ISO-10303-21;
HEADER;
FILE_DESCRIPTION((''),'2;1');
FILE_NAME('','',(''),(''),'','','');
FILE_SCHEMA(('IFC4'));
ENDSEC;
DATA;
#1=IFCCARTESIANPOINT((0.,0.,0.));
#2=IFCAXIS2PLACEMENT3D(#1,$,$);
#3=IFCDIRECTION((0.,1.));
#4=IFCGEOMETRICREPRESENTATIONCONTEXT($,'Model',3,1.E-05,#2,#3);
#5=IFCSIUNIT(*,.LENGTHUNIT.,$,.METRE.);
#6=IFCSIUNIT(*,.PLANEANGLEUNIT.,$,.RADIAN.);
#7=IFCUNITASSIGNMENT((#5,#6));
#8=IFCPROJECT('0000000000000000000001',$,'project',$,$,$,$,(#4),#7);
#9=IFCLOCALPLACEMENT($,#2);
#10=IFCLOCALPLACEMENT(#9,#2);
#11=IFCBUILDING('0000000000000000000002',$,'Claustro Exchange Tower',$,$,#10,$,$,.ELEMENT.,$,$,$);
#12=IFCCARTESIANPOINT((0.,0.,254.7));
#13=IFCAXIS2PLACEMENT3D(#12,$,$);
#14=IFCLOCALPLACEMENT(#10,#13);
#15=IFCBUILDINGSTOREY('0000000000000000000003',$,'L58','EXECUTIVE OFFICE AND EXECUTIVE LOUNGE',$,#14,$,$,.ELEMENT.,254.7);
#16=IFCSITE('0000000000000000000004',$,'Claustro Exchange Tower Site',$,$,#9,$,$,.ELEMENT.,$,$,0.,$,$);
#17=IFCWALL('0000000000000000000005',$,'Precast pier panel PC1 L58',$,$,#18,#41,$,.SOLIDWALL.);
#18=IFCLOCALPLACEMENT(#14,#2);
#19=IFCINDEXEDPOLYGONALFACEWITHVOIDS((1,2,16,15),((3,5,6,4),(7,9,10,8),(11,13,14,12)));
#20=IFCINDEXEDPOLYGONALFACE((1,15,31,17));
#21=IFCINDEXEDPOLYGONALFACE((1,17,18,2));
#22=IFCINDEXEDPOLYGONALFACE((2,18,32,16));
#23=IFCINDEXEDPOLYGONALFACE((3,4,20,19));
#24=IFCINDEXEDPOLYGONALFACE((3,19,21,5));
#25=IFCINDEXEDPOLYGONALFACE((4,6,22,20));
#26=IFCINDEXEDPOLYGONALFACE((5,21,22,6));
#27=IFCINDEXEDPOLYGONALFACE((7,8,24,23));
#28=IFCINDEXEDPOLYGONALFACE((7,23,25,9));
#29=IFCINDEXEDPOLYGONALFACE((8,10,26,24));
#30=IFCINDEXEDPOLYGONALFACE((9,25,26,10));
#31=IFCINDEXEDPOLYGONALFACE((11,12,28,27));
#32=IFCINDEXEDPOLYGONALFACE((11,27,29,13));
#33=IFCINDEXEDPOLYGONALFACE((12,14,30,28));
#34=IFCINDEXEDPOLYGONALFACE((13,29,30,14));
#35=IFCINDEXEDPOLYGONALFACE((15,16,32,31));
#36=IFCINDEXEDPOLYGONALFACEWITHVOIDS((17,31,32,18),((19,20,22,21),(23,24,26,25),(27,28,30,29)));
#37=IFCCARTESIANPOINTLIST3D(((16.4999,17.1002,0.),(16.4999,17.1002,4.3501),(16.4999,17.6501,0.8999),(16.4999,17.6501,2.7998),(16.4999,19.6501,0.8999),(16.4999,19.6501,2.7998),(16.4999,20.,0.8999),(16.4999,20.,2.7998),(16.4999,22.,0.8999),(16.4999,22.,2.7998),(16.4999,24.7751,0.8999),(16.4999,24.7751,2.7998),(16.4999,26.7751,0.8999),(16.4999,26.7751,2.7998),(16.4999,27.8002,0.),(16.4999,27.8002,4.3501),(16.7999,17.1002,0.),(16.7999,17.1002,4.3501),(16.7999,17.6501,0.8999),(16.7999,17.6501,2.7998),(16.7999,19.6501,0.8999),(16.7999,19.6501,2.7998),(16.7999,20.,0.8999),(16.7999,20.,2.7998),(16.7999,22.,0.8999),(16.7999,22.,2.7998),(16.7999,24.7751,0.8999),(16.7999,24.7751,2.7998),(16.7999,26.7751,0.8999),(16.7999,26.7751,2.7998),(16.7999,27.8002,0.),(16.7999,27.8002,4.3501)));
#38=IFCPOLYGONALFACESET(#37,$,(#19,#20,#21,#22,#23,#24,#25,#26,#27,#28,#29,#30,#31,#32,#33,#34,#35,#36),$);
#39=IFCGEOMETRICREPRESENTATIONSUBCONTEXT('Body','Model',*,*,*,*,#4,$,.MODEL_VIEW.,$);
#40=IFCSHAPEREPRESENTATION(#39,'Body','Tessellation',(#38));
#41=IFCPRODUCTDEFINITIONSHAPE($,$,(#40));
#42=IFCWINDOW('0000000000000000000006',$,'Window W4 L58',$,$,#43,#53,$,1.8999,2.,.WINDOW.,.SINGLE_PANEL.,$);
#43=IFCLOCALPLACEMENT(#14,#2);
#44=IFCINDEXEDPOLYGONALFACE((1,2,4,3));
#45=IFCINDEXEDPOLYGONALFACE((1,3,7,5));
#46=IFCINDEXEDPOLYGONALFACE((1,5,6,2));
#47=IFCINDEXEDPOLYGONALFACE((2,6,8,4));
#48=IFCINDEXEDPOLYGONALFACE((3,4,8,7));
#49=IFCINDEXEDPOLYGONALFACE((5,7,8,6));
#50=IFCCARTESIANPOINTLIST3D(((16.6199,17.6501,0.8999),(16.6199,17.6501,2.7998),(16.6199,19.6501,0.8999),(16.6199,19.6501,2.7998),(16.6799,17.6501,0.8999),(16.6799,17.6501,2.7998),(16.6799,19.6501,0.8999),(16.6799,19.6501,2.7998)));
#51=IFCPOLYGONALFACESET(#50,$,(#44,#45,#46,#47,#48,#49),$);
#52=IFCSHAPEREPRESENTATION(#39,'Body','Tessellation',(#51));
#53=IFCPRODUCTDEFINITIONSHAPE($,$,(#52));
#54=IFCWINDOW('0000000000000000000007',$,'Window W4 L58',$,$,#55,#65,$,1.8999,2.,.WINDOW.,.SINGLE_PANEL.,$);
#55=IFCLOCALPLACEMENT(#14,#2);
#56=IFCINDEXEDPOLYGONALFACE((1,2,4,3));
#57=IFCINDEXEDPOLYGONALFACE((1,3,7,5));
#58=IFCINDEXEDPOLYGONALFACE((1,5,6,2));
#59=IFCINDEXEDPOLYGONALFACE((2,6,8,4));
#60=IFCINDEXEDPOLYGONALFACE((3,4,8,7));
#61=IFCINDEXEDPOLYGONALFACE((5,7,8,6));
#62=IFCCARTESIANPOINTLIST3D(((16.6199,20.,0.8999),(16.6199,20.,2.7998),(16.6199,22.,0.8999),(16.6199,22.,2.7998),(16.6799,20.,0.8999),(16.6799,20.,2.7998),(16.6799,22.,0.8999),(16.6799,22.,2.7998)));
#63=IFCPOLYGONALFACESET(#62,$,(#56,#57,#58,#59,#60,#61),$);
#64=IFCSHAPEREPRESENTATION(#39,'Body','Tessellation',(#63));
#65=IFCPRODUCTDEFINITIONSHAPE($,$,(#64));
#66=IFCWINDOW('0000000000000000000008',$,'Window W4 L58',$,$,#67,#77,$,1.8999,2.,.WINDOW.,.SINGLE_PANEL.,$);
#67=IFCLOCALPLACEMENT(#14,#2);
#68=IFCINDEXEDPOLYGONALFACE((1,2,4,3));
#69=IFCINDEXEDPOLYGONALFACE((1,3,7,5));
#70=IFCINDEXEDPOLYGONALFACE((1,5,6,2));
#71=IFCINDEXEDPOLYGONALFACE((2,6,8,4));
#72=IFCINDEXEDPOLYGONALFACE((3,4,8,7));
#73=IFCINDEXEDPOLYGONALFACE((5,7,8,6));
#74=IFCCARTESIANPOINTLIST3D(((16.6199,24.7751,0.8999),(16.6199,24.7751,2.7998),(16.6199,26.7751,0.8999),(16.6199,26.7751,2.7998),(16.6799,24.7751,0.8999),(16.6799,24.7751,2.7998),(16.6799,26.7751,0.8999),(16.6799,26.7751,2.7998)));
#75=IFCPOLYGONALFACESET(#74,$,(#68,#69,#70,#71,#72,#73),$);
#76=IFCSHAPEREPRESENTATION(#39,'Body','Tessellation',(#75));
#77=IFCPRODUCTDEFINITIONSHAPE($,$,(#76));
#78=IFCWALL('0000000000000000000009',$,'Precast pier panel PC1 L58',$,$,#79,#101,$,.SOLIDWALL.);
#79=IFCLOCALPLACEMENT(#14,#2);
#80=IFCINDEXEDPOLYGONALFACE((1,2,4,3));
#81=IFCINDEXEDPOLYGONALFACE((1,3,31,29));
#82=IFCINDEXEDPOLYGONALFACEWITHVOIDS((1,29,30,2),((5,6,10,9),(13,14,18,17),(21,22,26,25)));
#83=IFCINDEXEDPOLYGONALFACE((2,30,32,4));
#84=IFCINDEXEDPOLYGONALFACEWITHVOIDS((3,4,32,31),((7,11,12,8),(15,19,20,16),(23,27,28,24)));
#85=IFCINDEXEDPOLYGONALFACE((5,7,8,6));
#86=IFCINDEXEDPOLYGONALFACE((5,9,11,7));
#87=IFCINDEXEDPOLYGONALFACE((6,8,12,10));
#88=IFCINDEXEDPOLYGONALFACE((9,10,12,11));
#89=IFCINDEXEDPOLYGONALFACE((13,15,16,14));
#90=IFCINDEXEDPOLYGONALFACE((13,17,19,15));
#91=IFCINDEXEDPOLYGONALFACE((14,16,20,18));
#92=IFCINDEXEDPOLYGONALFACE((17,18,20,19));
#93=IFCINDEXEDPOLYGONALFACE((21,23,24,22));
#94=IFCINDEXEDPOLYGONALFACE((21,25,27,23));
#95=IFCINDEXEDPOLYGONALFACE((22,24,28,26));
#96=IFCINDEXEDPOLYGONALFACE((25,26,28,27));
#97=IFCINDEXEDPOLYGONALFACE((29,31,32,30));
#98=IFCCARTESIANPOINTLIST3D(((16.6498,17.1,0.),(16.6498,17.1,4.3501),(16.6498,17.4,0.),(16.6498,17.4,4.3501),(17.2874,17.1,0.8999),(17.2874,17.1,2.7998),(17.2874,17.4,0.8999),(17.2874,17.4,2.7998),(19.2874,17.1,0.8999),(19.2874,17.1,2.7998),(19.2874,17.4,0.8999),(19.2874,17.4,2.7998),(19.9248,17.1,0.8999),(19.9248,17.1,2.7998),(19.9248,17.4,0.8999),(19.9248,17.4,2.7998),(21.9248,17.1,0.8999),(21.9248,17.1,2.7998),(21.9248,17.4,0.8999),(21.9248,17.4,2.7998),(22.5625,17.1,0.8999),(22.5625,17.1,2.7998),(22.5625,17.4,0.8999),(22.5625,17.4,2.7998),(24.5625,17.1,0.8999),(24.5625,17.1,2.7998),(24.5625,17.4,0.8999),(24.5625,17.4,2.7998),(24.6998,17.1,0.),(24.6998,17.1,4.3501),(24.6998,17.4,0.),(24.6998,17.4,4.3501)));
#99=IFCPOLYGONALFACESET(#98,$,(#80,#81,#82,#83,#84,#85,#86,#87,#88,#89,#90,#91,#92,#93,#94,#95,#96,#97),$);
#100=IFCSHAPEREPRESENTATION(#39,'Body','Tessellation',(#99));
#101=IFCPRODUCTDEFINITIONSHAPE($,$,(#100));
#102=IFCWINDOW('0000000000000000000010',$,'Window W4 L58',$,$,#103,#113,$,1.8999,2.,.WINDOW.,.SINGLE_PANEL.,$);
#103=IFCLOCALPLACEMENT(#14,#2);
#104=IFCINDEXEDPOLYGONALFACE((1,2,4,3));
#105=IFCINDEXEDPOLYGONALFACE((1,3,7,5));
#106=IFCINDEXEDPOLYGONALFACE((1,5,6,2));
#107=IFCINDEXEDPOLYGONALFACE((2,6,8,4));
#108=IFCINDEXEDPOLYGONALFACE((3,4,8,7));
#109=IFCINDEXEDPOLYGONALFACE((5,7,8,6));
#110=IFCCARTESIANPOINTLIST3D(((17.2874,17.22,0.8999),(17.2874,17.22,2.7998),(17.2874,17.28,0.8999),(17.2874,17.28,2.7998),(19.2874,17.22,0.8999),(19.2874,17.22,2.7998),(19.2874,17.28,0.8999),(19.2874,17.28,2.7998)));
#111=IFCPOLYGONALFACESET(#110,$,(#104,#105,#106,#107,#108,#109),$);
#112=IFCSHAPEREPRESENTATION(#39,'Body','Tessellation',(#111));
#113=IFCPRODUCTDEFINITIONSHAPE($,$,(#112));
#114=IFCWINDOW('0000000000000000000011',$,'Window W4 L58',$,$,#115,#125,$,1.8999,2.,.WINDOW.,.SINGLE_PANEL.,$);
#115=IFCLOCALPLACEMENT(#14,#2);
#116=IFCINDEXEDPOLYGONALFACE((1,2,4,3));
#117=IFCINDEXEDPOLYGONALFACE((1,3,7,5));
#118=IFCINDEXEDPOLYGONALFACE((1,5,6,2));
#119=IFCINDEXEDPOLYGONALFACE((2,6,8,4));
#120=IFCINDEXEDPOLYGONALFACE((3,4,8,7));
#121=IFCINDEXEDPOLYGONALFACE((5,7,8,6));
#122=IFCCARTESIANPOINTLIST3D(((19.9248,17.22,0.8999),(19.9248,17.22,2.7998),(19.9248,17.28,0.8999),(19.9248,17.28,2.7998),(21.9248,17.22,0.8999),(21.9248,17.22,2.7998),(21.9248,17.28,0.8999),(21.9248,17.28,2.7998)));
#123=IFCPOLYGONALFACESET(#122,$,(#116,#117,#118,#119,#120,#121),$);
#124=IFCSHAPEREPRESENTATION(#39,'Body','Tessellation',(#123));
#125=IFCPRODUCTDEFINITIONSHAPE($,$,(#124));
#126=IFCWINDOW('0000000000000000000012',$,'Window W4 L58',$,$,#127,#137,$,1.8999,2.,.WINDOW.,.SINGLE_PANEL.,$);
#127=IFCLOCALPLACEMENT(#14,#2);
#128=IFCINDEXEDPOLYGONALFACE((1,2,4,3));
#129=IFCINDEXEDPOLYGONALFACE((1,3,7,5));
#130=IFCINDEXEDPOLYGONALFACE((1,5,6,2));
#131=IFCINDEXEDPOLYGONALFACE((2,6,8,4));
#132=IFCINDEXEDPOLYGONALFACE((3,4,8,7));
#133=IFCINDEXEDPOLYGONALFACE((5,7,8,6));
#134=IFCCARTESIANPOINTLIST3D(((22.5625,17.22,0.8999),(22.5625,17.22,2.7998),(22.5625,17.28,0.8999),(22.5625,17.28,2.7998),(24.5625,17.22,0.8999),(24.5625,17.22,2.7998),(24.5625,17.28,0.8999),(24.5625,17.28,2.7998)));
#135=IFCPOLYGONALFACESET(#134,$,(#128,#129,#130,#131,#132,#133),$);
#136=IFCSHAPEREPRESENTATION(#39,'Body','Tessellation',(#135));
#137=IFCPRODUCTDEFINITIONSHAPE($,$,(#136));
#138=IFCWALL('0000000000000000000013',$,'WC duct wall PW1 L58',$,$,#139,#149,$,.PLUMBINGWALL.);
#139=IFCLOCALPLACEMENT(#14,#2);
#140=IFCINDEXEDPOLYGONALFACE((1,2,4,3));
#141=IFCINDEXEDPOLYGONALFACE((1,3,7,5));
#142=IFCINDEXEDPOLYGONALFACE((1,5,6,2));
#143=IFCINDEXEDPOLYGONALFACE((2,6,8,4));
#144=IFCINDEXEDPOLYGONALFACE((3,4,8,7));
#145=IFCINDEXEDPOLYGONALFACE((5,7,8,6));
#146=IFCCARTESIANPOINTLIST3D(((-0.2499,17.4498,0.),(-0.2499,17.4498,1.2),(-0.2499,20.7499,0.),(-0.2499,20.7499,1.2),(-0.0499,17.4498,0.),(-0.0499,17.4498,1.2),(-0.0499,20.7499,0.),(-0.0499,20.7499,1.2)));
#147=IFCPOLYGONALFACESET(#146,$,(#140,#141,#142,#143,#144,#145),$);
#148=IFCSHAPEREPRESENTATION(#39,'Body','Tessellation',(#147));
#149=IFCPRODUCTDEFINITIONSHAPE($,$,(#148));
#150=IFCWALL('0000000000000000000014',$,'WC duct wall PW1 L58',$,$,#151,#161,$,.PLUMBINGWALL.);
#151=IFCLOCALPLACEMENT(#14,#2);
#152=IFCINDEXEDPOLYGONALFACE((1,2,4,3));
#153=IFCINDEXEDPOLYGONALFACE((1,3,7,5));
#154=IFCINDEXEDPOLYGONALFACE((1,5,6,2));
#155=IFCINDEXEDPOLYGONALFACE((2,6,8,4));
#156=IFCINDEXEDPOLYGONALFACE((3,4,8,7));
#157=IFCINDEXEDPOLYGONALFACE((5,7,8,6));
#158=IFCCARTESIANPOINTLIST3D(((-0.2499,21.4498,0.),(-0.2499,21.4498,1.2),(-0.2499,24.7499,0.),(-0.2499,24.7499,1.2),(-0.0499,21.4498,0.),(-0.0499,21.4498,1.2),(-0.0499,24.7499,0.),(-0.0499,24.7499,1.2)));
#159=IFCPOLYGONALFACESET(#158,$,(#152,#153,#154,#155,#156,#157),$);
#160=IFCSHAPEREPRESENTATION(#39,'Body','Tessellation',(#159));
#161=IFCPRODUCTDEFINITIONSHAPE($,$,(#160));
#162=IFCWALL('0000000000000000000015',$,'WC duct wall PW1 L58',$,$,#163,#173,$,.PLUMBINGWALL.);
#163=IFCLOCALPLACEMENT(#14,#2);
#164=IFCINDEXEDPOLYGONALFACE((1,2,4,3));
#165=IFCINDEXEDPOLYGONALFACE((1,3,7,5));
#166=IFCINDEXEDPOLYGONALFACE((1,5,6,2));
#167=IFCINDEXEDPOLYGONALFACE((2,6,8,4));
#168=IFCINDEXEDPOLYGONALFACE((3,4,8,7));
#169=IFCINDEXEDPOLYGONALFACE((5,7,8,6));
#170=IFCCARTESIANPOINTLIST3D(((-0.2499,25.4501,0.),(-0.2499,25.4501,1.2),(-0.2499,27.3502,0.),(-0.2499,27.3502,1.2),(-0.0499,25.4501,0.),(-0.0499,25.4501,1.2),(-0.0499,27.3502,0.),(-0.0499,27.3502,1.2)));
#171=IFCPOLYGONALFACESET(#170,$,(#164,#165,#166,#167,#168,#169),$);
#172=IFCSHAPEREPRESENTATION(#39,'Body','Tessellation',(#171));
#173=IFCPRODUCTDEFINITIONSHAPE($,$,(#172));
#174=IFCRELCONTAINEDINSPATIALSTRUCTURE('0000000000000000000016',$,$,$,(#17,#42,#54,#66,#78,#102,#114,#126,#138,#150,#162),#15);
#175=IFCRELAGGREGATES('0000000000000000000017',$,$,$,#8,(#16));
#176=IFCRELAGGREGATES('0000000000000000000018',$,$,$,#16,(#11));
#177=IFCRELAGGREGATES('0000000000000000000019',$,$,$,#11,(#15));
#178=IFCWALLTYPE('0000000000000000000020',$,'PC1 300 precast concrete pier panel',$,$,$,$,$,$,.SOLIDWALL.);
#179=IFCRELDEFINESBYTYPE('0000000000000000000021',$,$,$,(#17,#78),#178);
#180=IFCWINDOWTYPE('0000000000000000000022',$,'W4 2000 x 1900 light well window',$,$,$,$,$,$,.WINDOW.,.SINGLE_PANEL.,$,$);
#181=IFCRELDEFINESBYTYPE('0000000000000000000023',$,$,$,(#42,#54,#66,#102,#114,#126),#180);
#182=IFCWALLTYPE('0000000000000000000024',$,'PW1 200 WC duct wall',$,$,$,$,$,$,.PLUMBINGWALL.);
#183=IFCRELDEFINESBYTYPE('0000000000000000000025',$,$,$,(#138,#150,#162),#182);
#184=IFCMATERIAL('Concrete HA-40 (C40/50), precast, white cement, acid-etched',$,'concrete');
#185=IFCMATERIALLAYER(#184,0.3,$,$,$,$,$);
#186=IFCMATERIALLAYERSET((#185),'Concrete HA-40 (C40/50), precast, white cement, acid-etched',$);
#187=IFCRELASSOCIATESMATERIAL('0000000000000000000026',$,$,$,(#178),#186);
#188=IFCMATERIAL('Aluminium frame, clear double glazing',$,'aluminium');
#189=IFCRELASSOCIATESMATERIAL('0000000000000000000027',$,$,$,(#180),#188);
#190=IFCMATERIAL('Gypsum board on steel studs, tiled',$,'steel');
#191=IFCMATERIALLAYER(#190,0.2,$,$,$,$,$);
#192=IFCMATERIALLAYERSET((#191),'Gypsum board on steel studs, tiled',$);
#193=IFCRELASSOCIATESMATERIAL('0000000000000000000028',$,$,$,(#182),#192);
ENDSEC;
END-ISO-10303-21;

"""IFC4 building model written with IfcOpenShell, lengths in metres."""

from ifc_helpers import new_model, si_unit, direction, frame, frame_2d, origin, place, context, subcontext, project, spatial, rectangle, extrude, material, layer, layer_set, type_object, element, fill, save


model = new_model("IFC4")

# Units and contexts
model_context = context("Model", 3, precision=1e-05, world=origin(), true_north=direction((0.0, 1.0)))
body_context = subcontext(model_context, "Body", "Model", "MODEL_VIEW")
ifc_project = project(units=[si_unit("LENGTHUNIT", "METRE"), si_unit("PLANEANGLEUNIT", "RADIAN")], contexts=[model_context])

# Site, building, storey
site_placement = place(None, origin())
site = spatial("IfcSite", under=ifc_project, at=site_placement, Name="Claustro Exchange Tower Site", CompositionType="ELEMENT", RefElevation=0.0)
building_placement = place(site_placement, origin())
building = spatial("IfcBuilding", under=site, at=building_placement, Name="Claustro Exchange Tower", CompositionType="ELEMENT")
storey_placement = place(building_placement, frame((0.0, 0.0, 254.7)))
storey = spatial("IfcBuildingStorey", under=building, at=storey_placement, Name="L58", Description="EXECUTIVE OFFICE AND EXECUTIVE LOUNGE", CompositionType="ELEMENT", Elevation=254.7)

# Walls, openings, windows
ifc_material_1 = material(Name="Concrete HA-40 (C40/50), precast, white cement, acid-etched", Category="concrete")
ifc_layer_1 = layer(ifc_material_1, 0.3)
ifc_layer_set_1 = layer_set([ifc_layer_1], Name="Concrete HA-40 (C40/50), precast, white cement, acid-etched")
wall_type_1 = type_object("IfcWallType", Name="PC1 300 precast concrete pier panel", PredefinedType="SOLIDWALL", material=ifc_layer_set_1)
wall_1_placement = place(storey_placement, frame((16.6499, 17.1001, 0.0), z_axis=(0.0, 0.0, 1.0), x_axis=(0.0, 1.0, 0.0)))
wall_1 = element("IfcWall", 1, at=wall_1_placement, inside=storey, type_object=wall_type_1, Name="Precast pier panel PC1 L58", PredefinedType="SOLIDWALL", context=body_context, shape_type="SweptSolid", body=[
    extrude(rectangle(XDim=10.7, YDim=0.3, at=frame_2d((5.3501, 0.0))), origin(), (0.0, 0.0, 1.0), 4.3501),
])
opening_1_placement = place(wall_1_placement, frame((0.55, 0.0, 0.8999)))
opening_1 = element("IfcOpeningElement", 2, at=opening_1_placement, cuts=wall_1, PredefinedType="OPENING", context=body_context, shape_type="SweptSolid", body=[
    extrude(rectangle(XDim=2.0, YDim=1.8999, at=frame_2d((1.0, 0.95))), frame((0.0, 0.1599, 0.0), z_axis=(0.0, -1.0, 0.0), x_axis=(1.0, 0.0, 0.0)), (0.0, 0.0, 1.0), 0.3201),
])
opening_2_placement = place(wall_1_placement, frame((2.8999, 0.0, 0.8999)))
opening_2 = element("IfcOpeningElement", 3, at=opening_2_placement, cuts=wall_1, PredefinedType="OPENING", context=body_context, shape_type="SweptSolid", body=[
    extrude(rectangle(XDim=2.0, YDim=1.8999, at=frame_2d((1.0, 0.95))), frame((0.0, 0.1599, 0.0), z_axis=(0.0, -1.0, 0.0), x_axis=(1.0, 0.0, 0.0)), (0.0, 0.0, 1.0), 0.3201),
])
opening_3_placement = place(wall_1_placement, frame((7.675, 0.0, 0.8999)))
opening_3 = element("IfcOpeningElement", 4, at=opening_3_placement, cuts=wall_1, PredefinedType="OPENING", context=body_context, shape_type="SweptSolid", body=[
    extrude(rectangle(XDim=2.0, YDim=1.8999, at=frame_2d((1.0, 0.95))), frame((0.0, 0.1599, 0.0), z_axis=(0.0, -1.0, 0.0), x_axis=(1.0, 0.0, 0.0)), (0.0, 0.0, 1.0), 0.3201),
])
ifc_material_2 = material(Name="Aluminium frame, clear double glazing", Category="aluminium")
window_type = type_object("IfcWindowType", Name="W4 2000 x 1900 light well window", PartitioningType="SINGLE_PANEL", PredefinedType="WINDOW", material=ifc_material_2)
window_1_placement = place(opening_1_placement, origin())
window_1 = element("IfcWindow", 5, at=window_1_placement, inside=storey, type_object=window_type, Name="Window W4 L58", OverallHeight=1.8999, OverallWidth=2.0, PartitioningType="SINGLE_PANEL", PredefinedType="WINDOW", context=body_context, shape_type="SweptSolid", body=[
    extrude(rectangle(XDim=2.0, YDim=1.8999, at=frame_2d((1.0, 0.95))), frame((0.0, 0.03, 0.0), z_axis=(0.0, -1.0, 0.0), x_axis=(1.0, 0.0, 0.0)), (0.0, 0.0, 1.0), 0.0601),
])
fill(opening_1, window_1)
window_2_placement = place(opening_2_placement, origin())
window_2 = element("IfcWindow", 6, at=window_2_placement, inside=storey, type_object=window_type, Name="Window W4 L58", OverallHeight=1.8999, OverallWidth=2.0, PartitioningType="SINGLE_PANEL", PredefinedType="WINDOW", context=body_context, shape_type="SweptSolid", body=[
    extrude(rectangle(XDim=2.0, YDim=1.8999, at=frame_2d((1.0, 0.95))), frame((0.0, 0.03, 0.0), z_axis=(0.0, -1.0, 0.0), x_axis=(1.0, 0.0, 0.0)), (0.0, 0.0, 1.0), 0.0601),
])
fill(opening_2, window_2)
window_3_placement = place(opening_3_placement, origin())
window_3 = element("IfcWindow", 7, at=window_3_placement, inside=storey, type_object=window_type, Name="Window W4 L58", OverallHeight=1.8999, OverallWidth=2.0, PartitioningType="SINGLE_PANEL", PredefinedType="WINDOW", context=body_context, shape_type="SweptSolid", body=[
    extrude(rectangle(XDim=2.0, YDim=1.8999, at=frame_2d((1.0, 0.95))), frame((0.0, 0.03, 0.0), z_axis=(0.0, -1.0, 0.0), x_axis=(1.0, 0.0, 0.0)), (0.0, 0.0, 1.0), 0.0601),
])
fill(opening_3, window_3)
wall_2_placement = place(storey_placement, frame((16.6499, 17.25, 0.0), z_axis=(0.0, 0.0, 1.0), x_axis=(1.0, 0.0, 0.0)))
wall_2 = element("IfcWall", 8, at=wall_2_placement, inside=storey, type_object=wall_type_1, Name="Precast pier panel PC1 L58", PredefinedType="SOLIDWALL", context=body_context, shape_type="SweptSolid", body=[
    extrude(rectangle(XDim=8.05, YDim=0.3, at=frame_2d((4.0249, 0.0))), origin(), (0.0, 0.0, 1.0), 4.3501),
])
opening_4_placement = place(wall_2_placement, frame((0.6375, 0.0, 0.8999)))
opening_4 = element("IfcOpeningElement", 9, at=opening_4_placement, cuts=wall_2, PredefinedType="OPENING", context=body_context, shape_type="SweptSolid", body=[
    extrude(rectangle(XDim=2.0, YDim=1.8999, at=frame_2d((1.0, 0.95))), frame((0.0, 0.1599, 0.0), z_axis=(0.0, -1.0, 0.0), x_axis=(1.0, 0.0, 0.0)), (0.0, 0.0, 1.0), 0.3201),
])
opening_5_placement = place(wall_2_placement, frame((3.2749, 0.0, 0.8999)))
opening_5 = element("IfcOpeningElement", 10, at=opening_5_placement, cuts=wall_2, PredefinedType="OPENING", context=body_context, shape_type="SweptSolid", body=[
    extrude(rectangle(XDim=2.0, YDim=1.8999, at=frame_2d((1.0, 0.95))), frame((0.0, 0.1599, 0.0), z_axis=(0.0, -1.0, 0.0), x_axis=(1.0, 0.0, 0.0)), (0.0, 0.0, 1.0), 0.3201),
])
opening_6_placement = place(wall_2_placement, frame((5.9126, 0.0, 0.8999)))
opening_6 = element("IfcOpeningElement", 11, at=opening_6_placement, cuts=wall_2, PredefinedType="OPENING", context=body_context, shape_type="SweptSolid", body=[
    extrude(rectangle(XDim=2.0, YDim=1.8999, at=frame_2d((1.0, 0.95))), frame((0.0, 0.1599, 0.0), z_axis=(0.0, -1.0, 0.0), x_axis=(1.0, 0.0, 0.0)), (0.0, 0.0, 1.0), 0.3201),
])
window_4_placement = place(opening_4_placement, origin())
window_4 = element("IfcWindow", 12, at=window_4_placement, inside=storey, type_object=window_type, Name="Window W4 L58", OverallHeight=1.8999, OverallWidth=2.0, PartitioningType="SINGLE_PANEL", PredefinedType="WINDOW", context=body_context, shape_type="SweptSolid", body=[
    extrude(rectangle(XDim=2.0, YDim=1.8999, at=frame_2d((1.0, 0.95))), frame((0.0, 0.03, 0.0), z_axis=(0.0, -1.0, 0.0), x_axis=(1.0, 0.0, 0.0)), (0.0, 0.0, 1.0), 0.0601),
])
fill(opening_4, window_4)
window_5_placement = place(opening_5_placement, origin())
window_5 = element("IfcWindow", 13, at=window_5_placement, inside=storey, type_object=window_type, Name="Window W4 L58", OverallHeight=1.8999, OverallWidth=2.0, PartitioningType="SINGLE_PANEL", PredefinedType="WINDOW", context=body_context, shape_type="SweptSolid", body=[
    extrude(rectangle(XDim=2.0, YDim=1.8999, at=frame_2d((1.0, 0.95))), frame((0.0, 0.03, 0.0), z_axis=(0.0, -1.0, 0.0), x_axis=(1.0, 0.0, 0.0)), (0.0, 0.0, 1.0), 0.0601),
])
fill(opening_5, window_5)
window_6_placement = place(opening_6_placement, origin())
window_6 = element("IfcWindow", 14, at=window_6_placement, inside=storey, type_object=window_type, Name="Window W4 L58", OverallHeight=1.8999, OverallWidth=2.0, PartitioningType="SINGLE_PANEL", PredefinedType="WINDOW", context=body_context, shape_type="SweptSolid", body=[
    extrude(rectangle(XDim=2.0, YDim=1.8999, at=frame_2d((1.0, 0.95))), frame((0.0, 0.03, 0.0), z_axis=(0.0, -1.0, 0.0), x_axis=(1.0, 0.0, 0.0)), (0.0, 0.0, 1.0), 0.0601),
])
fill(opening_6, window_6)

# Walls
ifc_material_3 = material(Name="Gypsum board on steel studs, tiled", Category="steel")
ifc_layer_2 = layer(ifc_material_3, 0.2)
ifc_layer_set_2 = layer_set([ifc_layer_2], Name="Gypsum board on steel studs, tiled")
wall_type_2 = type_object("IfcWallType", Name="PW1 200 WC duct wall", PredefinedType="PLUMBINGWALL", material=ifc_layer_set_2)
for number, where, z_axis, x_axis, name in (
    (15, (-0.1499, 17.45, 0.0), (0.0, 0.0, 1.0), (0.0, 1.0, 0.0), "WC duct wall PW1 L58"),
    (16, (-0.1499, 21.45, 0.0), (0.0, 0.0, 1.0), (0.0, 1.0, 0.0), "WC duct wall PW1 L58"),
):
    element("IfcWall", number, at=place(storey_placement, frame(where, z_axis=z_axis, x_axis=x_axis)), inside=storey, type_object=wall_type_2, Name=name, PredefinedType="PLUMBINGWALL", context=body_context, shape_type="SweptSolid", body=[
        extrude(rectangle(XDim=3.3, YDim=0.2, at=frame_2d((1.6499, 0.0))), origin(), (0.0, 0.0, 1.0), 1.2),
    ])
wall_3_placement = place(storey_placement, frame((-0.1499, 25.45, 0.0), z_axis=(0.0, 0.0, 1.0), x_axis=(0.0, 1.0, 0.0)))
element("IfcWall", 17, at=wall_3_placement, inside=storey, type_object=wall_type_2, Name="WC duct wall PW1 L58", PredefinedType="PLUMBINGWALL", context=body_context, shape_type="SweptSolid", body=[
    extrude(rectangle(XDim=1.9001, YDim=0.2, at=frame_2d((0.9502, 0.0))), origin(), (0.0, 0.0, 1.0), 1.2),
])

save(model, "model.ifc")
